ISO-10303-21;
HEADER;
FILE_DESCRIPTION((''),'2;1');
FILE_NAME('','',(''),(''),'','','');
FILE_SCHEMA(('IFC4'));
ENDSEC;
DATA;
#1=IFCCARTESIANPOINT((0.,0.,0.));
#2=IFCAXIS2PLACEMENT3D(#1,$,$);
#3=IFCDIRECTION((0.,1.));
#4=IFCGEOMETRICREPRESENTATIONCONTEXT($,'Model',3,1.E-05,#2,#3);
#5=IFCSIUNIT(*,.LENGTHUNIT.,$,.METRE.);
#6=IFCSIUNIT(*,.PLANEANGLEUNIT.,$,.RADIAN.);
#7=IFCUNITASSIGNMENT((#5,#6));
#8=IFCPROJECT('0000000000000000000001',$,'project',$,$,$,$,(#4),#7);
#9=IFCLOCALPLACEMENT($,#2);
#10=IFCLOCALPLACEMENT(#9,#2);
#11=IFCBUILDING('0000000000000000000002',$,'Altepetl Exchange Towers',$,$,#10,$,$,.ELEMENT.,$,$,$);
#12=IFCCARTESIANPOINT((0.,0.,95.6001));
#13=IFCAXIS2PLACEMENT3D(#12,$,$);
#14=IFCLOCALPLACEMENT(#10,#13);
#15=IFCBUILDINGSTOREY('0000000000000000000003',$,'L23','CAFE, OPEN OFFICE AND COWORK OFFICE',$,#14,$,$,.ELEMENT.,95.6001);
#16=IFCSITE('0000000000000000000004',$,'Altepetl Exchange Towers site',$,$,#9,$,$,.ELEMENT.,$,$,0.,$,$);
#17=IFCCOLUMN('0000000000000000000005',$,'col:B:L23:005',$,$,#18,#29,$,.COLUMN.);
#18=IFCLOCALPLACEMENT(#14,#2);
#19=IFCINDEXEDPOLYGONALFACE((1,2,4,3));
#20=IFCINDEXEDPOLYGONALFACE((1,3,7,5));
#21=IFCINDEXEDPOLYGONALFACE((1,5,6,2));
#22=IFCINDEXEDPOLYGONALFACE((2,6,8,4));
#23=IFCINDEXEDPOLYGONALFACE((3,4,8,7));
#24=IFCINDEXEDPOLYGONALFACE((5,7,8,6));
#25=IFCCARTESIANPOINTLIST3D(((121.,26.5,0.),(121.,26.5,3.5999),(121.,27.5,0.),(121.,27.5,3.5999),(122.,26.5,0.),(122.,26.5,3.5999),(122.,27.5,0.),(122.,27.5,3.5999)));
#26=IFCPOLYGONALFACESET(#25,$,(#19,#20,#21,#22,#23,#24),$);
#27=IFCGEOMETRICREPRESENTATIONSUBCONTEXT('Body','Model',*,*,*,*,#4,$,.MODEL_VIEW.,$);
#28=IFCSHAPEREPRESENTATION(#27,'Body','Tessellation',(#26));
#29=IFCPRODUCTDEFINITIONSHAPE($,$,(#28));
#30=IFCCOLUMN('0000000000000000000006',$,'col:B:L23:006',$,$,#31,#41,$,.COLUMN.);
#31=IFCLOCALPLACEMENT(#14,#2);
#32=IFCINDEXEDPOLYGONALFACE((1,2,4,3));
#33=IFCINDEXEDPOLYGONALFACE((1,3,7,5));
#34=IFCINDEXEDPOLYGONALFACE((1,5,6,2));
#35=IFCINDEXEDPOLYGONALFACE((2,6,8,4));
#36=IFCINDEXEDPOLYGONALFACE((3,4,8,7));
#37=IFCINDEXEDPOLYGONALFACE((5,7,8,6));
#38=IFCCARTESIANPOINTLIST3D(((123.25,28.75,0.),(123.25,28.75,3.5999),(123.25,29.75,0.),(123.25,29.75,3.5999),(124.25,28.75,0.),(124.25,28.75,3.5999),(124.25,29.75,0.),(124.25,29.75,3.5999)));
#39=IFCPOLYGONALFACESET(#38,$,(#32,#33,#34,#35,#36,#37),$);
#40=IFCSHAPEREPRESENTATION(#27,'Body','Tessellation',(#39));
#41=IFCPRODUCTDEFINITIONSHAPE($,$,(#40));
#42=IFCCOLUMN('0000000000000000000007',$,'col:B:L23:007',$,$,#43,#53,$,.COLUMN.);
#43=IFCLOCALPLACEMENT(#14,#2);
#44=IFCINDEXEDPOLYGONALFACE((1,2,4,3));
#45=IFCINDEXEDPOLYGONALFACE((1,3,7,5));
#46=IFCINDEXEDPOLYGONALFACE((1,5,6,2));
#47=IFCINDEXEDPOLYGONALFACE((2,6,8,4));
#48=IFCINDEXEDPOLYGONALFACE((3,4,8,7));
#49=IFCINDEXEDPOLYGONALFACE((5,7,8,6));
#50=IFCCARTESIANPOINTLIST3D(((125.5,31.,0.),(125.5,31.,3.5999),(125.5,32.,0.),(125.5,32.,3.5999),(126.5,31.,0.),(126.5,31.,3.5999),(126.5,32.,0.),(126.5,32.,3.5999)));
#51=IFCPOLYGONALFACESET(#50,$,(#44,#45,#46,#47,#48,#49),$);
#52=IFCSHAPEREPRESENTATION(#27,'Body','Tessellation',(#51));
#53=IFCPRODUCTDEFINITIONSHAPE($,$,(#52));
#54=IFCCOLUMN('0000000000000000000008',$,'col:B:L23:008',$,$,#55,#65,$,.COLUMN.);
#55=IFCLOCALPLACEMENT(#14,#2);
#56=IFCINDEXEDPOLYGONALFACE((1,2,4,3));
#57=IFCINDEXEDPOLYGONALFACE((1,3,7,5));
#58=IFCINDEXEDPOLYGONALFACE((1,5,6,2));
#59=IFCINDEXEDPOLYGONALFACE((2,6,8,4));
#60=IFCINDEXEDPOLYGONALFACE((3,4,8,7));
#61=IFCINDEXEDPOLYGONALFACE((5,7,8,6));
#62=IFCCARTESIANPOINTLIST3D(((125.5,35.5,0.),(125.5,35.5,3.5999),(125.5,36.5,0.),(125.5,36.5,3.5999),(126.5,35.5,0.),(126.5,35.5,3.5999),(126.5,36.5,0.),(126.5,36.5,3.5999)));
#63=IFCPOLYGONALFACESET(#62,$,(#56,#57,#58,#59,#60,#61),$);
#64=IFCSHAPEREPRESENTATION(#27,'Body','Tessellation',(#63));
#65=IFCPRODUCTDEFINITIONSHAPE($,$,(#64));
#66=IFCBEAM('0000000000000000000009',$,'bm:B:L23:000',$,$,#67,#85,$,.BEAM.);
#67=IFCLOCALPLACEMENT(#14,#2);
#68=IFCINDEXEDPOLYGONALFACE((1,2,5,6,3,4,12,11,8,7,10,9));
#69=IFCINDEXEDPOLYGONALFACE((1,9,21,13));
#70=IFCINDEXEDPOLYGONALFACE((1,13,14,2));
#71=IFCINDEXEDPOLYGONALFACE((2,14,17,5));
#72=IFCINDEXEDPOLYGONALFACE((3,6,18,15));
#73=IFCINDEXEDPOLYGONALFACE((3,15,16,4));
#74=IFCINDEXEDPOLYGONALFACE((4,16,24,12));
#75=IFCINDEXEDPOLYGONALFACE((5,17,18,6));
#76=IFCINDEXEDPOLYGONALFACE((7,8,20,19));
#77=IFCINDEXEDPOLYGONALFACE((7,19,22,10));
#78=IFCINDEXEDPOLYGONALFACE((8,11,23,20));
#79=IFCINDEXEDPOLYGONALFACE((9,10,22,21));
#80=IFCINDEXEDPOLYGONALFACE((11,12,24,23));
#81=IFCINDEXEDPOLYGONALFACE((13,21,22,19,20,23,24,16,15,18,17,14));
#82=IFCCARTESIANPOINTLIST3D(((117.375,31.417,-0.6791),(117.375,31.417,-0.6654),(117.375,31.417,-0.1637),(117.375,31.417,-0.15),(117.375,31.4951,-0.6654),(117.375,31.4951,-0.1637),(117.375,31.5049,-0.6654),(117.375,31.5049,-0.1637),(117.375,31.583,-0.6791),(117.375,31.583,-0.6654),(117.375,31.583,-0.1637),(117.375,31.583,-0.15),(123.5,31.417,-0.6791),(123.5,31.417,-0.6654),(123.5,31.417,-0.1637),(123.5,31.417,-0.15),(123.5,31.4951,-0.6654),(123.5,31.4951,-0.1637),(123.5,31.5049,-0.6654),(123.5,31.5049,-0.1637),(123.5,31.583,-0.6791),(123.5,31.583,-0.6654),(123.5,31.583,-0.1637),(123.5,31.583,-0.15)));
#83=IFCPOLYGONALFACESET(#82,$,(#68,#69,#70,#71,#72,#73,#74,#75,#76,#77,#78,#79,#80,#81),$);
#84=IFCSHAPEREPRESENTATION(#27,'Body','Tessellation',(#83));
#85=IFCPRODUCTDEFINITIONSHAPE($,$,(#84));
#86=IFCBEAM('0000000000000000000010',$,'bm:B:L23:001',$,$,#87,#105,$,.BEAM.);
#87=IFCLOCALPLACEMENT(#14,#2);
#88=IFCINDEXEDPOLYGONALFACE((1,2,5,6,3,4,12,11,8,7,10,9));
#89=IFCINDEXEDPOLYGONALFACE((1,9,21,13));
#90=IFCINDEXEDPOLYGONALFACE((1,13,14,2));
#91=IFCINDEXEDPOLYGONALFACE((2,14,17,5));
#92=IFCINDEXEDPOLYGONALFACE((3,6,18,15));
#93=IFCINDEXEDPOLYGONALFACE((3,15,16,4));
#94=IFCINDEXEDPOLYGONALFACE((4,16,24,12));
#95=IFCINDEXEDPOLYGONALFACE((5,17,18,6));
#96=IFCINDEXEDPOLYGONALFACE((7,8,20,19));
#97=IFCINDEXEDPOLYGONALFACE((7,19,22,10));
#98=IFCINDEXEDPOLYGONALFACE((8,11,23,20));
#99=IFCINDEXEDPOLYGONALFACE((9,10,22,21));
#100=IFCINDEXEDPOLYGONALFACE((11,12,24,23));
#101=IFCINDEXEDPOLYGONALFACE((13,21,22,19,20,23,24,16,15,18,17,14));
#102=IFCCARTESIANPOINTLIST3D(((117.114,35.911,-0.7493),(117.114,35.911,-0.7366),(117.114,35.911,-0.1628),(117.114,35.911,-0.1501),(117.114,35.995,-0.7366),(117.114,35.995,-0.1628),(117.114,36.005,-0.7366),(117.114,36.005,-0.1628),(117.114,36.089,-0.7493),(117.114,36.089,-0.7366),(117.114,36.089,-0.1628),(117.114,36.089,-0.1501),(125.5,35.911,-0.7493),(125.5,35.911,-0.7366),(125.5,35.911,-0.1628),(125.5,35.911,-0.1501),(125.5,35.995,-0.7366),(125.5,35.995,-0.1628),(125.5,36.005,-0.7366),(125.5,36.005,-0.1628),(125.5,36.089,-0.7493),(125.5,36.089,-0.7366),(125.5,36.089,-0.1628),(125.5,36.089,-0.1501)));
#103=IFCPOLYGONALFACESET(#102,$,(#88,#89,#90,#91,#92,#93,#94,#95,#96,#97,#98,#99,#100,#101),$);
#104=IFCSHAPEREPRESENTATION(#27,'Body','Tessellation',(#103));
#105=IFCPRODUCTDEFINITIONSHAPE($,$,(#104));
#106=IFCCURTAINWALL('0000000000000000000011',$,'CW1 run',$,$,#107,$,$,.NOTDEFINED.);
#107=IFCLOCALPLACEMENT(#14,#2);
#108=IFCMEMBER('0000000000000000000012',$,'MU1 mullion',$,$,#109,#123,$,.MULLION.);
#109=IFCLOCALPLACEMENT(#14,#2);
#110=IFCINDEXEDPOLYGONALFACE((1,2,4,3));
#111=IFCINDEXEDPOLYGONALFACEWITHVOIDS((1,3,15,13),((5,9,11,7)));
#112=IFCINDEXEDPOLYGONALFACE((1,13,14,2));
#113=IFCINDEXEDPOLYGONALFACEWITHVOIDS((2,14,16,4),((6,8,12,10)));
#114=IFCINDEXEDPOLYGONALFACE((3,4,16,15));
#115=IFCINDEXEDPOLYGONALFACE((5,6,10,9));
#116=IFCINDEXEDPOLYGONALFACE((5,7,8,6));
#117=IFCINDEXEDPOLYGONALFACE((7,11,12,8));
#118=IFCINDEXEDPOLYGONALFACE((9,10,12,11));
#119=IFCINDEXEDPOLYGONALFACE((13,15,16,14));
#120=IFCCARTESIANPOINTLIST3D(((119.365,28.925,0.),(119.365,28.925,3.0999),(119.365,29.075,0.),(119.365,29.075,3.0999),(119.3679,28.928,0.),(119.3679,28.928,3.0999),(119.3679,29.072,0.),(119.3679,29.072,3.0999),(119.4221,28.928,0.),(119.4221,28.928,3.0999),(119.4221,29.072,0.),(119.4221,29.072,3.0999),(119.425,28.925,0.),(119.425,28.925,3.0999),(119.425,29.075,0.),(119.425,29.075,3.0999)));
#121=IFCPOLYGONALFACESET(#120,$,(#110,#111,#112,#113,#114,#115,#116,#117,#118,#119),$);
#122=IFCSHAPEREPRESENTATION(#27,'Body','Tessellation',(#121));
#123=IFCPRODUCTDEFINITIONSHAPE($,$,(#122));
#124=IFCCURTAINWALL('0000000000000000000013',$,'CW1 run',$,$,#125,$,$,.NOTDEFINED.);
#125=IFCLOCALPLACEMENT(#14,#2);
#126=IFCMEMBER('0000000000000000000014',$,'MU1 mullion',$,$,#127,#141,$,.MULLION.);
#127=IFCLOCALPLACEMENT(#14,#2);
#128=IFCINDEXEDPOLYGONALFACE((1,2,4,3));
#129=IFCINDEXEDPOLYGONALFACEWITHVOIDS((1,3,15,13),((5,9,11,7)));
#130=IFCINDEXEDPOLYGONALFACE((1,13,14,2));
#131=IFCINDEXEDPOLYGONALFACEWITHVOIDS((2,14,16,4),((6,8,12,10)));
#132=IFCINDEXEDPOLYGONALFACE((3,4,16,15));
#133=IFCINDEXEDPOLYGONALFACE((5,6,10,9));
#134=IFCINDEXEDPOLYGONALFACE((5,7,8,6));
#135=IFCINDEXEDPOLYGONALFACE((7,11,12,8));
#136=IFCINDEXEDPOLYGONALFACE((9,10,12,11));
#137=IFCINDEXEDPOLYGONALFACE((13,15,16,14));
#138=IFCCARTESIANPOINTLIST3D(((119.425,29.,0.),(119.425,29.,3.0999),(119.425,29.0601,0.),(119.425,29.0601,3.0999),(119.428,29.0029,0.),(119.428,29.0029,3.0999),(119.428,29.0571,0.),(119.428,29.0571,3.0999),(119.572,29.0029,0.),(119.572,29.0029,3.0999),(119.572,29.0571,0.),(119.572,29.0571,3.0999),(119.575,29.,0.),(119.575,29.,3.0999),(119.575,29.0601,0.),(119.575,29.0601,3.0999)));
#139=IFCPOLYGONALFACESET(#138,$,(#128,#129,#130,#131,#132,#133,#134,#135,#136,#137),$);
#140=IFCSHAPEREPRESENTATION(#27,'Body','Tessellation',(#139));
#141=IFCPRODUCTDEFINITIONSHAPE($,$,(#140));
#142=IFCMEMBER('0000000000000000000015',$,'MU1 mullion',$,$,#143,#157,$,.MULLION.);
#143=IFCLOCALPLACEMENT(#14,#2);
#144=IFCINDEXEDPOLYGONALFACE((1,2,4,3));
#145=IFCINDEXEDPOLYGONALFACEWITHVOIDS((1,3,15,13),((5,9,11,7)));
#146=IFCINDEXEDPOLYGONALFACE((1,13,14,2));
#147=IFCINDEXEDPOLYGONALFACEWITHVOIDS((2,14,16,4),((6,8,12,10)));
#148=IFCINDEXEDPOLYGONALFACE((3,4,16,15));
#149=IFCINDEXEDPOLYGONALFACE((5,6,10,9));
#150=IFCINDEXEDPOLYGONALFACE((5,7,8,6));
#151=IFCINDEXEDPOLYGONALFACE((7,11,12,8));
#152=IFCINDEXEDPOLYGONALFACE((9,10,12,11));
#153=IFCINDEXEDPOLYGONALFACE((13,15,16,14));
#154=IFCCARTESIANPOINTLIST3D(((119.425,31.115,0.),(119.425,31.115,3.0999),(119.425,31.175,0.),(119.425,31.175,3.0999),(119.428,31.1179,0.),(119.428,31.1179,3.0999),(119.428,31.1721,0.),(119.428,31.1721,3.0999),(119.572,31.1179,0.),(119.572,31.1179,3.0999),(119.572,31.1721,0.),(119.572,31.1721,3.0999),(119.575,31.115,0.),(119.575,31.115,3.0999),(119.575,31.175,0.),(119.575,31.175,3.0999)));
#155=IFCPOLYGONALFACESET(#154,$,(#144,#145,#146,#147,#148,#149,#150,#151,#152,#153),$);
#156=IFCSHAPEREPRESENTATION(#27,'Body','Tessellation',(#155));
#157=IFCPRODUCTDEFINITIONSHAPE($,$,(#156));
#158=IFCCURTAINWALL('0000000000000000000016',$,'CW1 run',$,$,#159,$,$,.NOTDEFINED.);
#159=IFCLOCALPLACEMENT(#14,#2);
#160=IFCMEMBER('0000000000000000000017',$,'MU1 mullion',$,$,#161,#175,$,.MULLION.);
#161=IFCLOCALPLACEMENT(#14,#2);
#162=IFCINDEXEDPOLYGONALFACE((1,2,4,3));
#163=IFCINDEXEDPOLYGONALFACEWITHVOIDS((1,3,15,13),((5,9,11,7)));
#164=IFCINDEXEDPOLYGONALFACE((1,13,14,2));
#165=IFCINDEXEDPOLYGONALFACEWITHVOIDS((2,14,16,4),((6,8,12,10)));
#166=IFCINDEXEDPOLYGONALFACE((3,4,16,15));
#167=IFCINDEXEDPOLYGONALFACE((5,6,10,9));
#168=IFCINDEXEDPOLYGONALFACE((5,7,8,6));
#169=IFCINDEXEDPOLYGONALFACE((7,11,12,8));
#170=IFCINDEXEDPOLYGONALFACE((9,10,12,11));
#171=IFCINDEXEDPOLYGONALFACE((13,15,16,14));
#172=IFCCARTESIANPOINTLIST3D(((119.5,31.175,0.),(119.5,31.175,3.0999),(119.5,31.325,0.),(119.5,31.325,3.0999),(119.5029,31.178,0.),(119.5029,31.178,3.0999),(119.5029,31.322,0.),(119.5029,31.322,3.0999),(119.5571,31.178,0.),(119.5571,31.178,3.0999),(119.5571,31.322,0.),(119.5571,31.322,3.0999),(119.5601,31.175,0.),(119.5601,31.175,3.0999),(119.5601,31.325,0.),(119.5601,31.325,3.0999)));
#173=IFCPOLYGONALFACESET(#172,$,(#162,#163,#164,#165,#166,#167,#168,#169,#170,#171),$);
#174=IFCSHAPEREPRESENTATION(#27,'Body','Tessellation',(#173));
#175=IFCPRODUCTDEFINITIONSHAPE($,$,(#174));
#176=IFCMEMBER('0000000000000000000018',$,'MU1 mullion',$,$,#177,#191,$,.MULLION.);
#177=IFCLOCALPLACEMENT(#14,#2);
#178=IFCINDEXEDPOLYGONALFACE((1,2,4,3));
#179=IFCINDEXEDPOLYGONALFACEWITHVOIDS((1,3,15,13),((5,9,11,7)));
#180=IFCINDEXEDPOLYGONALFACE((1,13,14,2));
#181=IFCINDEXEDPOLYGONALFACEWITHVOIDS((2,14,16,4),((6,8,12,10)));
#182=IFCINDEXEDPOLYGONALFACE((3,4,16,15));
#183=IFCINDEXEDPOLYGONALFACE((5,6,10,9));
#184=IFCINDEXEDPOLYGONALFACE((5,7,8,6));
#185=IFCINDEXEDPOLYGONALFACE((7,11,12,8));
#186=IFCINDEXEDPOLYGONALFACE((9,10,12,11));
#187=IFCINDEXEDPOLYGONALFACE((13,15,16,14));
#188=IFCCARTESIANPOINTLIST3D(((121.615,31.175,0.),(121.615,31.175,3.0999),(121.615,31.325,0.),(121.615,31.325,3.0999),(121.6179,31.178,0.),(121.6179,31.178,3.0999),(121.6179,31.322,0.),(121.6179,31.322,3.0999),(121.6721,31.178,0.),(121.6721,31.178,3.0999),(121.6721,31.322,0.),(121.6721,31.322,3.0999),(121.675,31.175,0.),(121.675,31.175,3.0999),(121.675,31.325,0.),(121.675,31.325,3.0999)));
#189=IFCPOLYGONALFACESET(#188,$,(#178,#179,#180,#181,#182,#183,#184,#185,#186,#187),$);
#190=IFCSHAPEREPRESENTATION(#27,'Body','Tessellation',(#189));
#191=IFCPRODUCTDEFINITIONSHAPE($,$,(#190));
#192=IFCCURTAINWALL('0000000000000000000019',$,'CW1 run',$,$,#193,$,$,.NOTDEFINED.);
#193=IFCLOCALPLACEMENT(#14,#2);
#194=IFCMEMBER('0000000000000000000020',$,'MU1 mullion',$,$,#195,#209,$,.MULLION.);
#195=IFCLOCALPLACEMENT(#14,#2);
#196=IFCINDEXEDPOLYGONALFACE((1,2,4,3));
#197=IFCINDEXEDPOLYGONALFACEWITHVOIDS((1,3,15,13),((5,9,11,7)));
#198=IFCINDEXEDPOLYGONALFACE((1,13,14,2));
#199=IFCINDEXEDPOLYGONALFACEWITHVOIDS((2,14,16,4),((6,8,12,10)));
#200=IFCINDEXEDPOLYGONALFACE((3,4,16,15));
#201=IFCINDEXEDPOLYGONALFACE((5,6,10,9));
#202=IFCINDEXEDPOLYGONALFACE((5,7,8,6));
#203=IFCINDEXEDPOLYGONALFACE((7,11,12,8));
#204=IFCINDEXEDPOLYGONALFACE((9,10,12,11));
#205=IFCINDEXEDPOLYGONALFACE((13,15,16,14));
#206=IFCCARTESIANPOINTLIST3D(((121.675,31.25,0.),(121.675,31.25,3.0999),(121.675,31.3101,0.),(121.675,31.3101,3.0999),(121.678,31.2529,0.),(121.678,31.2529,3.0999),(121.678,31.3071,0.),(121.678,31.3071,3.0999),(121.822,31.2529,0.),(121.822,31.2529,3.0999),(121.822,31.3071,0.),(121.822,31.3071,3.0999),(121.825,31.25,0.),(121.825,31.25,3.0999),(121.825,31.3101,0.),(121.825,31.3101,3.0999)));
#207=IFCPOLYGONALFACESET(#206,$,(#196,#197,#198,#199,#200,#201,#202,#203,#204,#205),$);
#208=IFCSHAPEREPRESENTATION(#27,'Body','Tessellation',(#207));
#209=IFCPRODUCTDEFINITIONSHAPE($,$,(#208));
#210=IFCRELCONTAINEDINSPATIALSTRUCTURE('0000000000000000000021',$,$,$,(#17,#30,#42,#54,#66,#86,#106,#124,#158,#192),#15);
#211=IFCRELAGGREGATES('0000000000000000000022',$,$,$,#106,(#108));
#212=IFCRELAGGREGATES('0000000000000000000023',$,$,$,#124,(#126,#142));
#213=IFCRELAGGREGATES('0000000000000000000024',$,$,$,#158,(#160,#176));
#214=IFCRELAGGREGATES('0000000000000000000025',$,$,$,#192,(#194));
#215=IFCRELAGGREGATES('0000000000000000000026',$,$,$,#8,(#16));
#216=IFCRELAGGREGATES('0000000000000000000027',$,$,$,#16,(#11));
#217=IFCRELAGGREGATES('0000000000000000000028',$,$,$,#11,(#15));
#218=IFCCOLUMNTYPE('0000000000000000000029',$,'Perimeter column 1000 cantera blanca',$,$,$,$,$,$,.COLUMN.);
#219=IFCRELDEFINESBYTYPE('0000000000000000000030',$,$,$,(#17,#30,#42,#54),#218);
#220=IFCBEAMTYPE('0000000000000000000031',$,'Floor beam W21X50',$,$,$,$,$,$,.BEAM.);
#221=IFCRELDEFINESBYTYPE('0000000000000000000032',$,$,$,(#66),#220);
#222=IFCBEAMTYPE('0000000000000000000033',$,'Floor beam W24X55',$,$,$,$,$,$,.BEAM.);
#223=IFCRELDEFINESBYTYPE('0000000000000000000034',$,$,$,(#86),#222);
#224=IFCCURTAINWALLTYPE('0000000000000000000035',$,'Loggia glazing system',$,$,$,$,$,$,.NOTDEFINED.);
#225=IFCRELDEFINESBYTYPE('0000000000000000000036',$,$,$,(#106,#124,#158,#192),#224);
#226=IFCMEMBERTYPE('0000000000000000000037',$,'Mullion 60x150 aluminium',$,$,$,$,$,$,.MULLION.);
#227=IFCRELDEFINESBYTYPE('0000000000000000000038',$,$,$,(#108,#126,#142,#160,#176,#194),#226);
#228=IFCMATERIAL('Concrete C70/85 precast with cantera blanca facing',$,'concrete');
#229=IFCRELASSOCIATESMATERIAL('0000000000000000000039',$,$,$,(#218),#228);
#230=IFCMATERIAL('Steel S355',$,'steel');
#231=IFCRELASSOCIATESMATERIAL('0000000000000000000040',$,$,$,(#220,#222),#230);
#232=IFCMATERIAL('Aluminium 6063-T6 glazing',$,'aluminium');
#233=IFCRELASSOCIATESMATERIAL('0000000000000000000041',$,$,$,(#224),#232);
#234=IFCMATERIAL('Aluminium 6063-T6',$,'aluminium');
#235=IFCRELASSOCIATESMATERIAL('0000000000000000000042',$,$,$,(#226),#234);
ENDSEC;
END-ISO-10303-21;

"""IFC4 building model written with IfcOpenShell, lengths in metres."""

from ifc_helpers import new_model, si_unit, direction, frame, origin, origin_2d, place, context, subcontext, project, spatial, rectangle, hollow_rectangle, i_section, extrude, material, material_profile, profile_set, type_object, element, aggregate, save


model = new_model("IFC4")

# Units and contexts
model_context = context("Model", 3, precision=1e-05, world=origin(), true_north=direction((0.0, 1.0)))
body_context = subcontext(model_context, "Body", "Model", "MODEL_VIEW")
ifc_project = project(units=[si_unit("LENGTHUNIT", "METRE"), si_unit("PLANEANGLEUNIT", "RADIAN")], contexts=[model_context])

# Site, building, storey
site_placement = place(None, origin())
site = spatial("IfcSite", under=ifc_project, at=site_placement, Name="Altepetl Exchange Towers site", CompositionType="ELEMENT", RefElevation=0.0)
building_placement = place(site_placement, origin())
building = spatial("IfcBuilding", under=site, at=building_placement, Name="Altepetl Exchange Towers", CompositionType="ELEMENT")
storey_placement = place(building_placement, frame((0.0, 0.0, 95.6001)))
storey = spatial("IfcBuildingStorey", under=building, at=storey_placement, Name="L23", Description="CAFE, OPEN OFFICE AND COWORK OFFICE", CompositionType="ELEMENT", Elevation=95.6001)

# Columns
ifc_material_1 = material(Name="Concrete C70/85 precast with cantera blanca facing", Category="concrete")
ifc_material_profile_1 = material_profile(ifc_material_1, rectangle(XDim=1.0, YDim=1.0, at=origin_2d()), Name="1000 x 1000")
ifc_profile_set_1 = profile_set([ifc_material_profile_1], Name="Concrete C70/85 precast with cantera blanca facing")
column_type = type_object("IfcColumnType", Name="Perimeter column 1000 cantera blanca", PredefinedType="COLUMN", material=ifc_profile_set_1)
for number, where, name in (
    (1, (121.5, 27.0, 0.0), "col:B:L23:005"),
    (2, (123.75, 29.25, 0.0), "col:B:L23:006"),
    (3, (126.0, 31.5, 0.0), "col:B:L23:007"),
    (4, (126.0, 36.0, 0.0), "col:B:L23:008"),
):
    element("IfcColumn", number, at=place(storey_placement, frame(where)), inside=storey, type_object=column_type, Name=name, PredefinedType="COLUMN", context=body_context, shape_type="SweptSolid", body=[
        extrude(rectangle(XDim=1.0, YDim=1.0, at=origin_2d()), origin(), (0.0, 0.0, 1.0), 3.5999),
    ])

# Beams
ifc_material_2 = material(Name="Steel S355", Category="steel")
ifc_material_profile_2 = material_profile(ifc_material_2, i_section(OverallWidth=0.166, OverallDepth=0.5291, WebThickness=0.0098, FlangeThickness=0.0137, at=origin_2d()), Name="W21X50")
ifc_profile_set_2 = profile_set([ifc_material_profile_2], Name="Steel S355")
beam_type_1 = type_object("IfcBeamType", Name="Floor beam W21X50", PredefinedType="BEAM", material=ifc_profile_set_2)
beam_1_placement = place(storey_placement, frame((117.375, 31.5, -0.4146), z_axis=(1.0, 0.0, 0.0), x_axis=(0.0, 1.0, 0.0)))
element("IfcBeam", 5, at=beam_1_placement, inside=storey, type_object=beam_type_1, Name="bm:B:L23:000", PredefinedType="BEAM", context=body_context, shape_type="SweptSolid", body=[
    extrude(i_section(OverallWidth=0.166, OverallDepth=0.5291, WebThickness=0.0098, FlangeThickness=0.0137, at=origin_2d()), origin(), (0.0, 0.0, 1.0), 6.125),
])
ifc_material_profile_3 = material_profile(ifc_material_2, i_section(OverallWidth=0.178, OverallDepth=0.5991, WebThickness=0.01, FlangeThickness=0.0127, at=origin_2d()), Name="W24X55")
ifc_profile_set_3 = profile_set([ifc_material_profile_3], Name="Steel S355")
beam_type_2 = type_object("IfcBeamType", Name="Floor beam W24X55", PredefinedType="BEAM", material=ifc_profile_set_3)
beam_2_placement = place(storey_placement, frame((117.114, 36.0, -0.4497), z_axis=(1.0, 0.0, 0.0), x_axis=(0.0, 1.0, 0.0)))
element("IfcBeam", 6, at=beam_2_placement, inside=storey, type_object=beam_type_2, Name="bm:B:L23:001", PredefinedType="BEAM", context=body_context, shape_type="SweptSolid", body=[
    extrude(i_section(OverallWidth=0.178, OverallDepth=0.5991, WebThickness=0.01, FlangeThickness=0.0127, at=origin_2d()), origin(), (0.0, 0.0, 1.0), 8.386),
])

# Curtain wall, member
ifc_material_3 = material(Name="Aluminium 6063-T6 glazing", Category="aluminium")
curtain_wall_type = type_object("IfcCurtainWallType", Name="Loggia glazing system", PredefinedType="NOTDEFINED", material=ifc_material_3)
curtain_wall_1_placement = place(storey_placement, origin())
curtain_wall_1 = element("IfcCurtainWall", 7, at=curtain_wall_1_placement, inside=storey, type_object=curtain_wall_type, Name="CW1 run", PredefinedType="NOTDEFINED")
ifc_material_4 = material(Name="Aluminium 6063-T6", Category="aluminium")
ifc_material_profile_4 = material_profile(ifc_material_4, hollow_rectangle(XDim=0.0601, YDim=0.1499, WallThickness=0.0029, at=origin_2d()), Name="Mullion 60x150 aluminium")
ifc_profile_set_4 = profile_set([ifc_material_profile_4], Name="Aluminium 6063-T6")
member_type = type_object("IfcMemberType", Name="Mullion 60x150 aluminium", PredefinedType="MULLION", material=ifc_profile_set_4)
member_1_placement = place(storey_placement, frame((119.395, 29.0, 0.0)))
member_1 = element("IfcMember", 8, at=member_1_placement, type_object=member_type, Name="MU1 mullion", PredefinedType="MULLION", context=body_context, shape_type="SweptSolid", body=[
    extrude(hollow_rectangle(XDim=0.0601, YDim=0.1499, WallThickness=0.0029, at=origin_2d()), origin(), (0.0, 0.0, 1.0), 3.0999),
])

# Curtain walls, members
curtain_wall_2_placement = place(storey_placement, origin())
curtain_wall_2 = element("IfcCurtainWall", 9, at=curtain_wall_2_placement, inside=storey, type_object=curtain_wall_type, Name="CW1 run", PredefinedType="NOTDEFINED")
member_2_placement = place(storey_placement, frame((119.5, 29.03, 0.0), z_axis=(0.0, 0.0, 1.0), x_axis=(0.0, 1.0, 0.0)))
member_2 = element("IfcMember", 10, at=member_2_placement, type_object=member_type, Name="MU1 mullion", PredefinedType="MULLION", context=body_context, shape_type="SweptSolid", body=[
    extrude(hollow_rectangle(XDim=0.0601, YDim=0.1499, WallThickness=0.0029, at=origin_2d()), origin(), (0.0, 0.0, 1.0), 3.0999),
])
member_3_placement = place(storey_placement, frame((119.5, 31.145, 0.0), z_axis=(0.0, 0.0, 1.0), x_axis=(0.0, 1.0, 0.0)))
member_3 = element("IfcMember", 11, at=member_3_placement, type_object=member_type, Name="MU1 mullion", PredefinedType="MULLION", context=body_context, shape_type="SweptSolid", body=[
    extrude(hollow_rectangle(XDim=0.0601, YDim=0.1499, WallThickness=0.0029, at=origin_2d()), origin(), (0.0, 0.0, 1.0), 3.0999),
])
curtain_wall_3_placement = place(storey_placement, origin())
curtain_wall_3 = element("IfcCurtainWall", 12, at=curtain_wall_3_placement, inside=storey, type_object=curtain_wall_type, Name="CW1 run", PredefinedType="NOTDEFINED")
member_4_placement = place(storey_placement, frame((119.53, 31.25, 0.0)))
member_4 = element("IfcMember", 13, at=member_4_placement, type_object=member_type, Name="MU1 mullion", PredefinedType="MULLION", context=body_context, shape_type="SweptSolid", body=[
    extrude(hollow_rectangle(XDim=0.0601, YDim=0.1499, WallThickness=0.0029, at=origin_2d()), origin(), (0.0, 0.0, 1.0), 3.0999),
])
member_5_placement = place(storey_placement, frame((121.645, 31.25, 0.0)))
member_5 = element("IfcMember", 14, at=member_5_placement, type_object=member_type, Name="MU1 mullion", PredefinedType="MULLION", context=body_context, shape_type="SweptSolid", body=[
    extrude(hollow_rectangle(XDim=0.0601, YDim=0.1499, WallThickness=0.0029, at=origin_2d()), origin(), (0.0, 0.0, 1.0), 3.0999),
])
curtain_wall_4_placement = place(storey_placement, origin())
curtain_wall_4 = element("IfcCurtainWall", 15, at=curtain_wall_4_placement, inside=storey, type_object=curtain_wall_type, Name="CW1 run", PredefinedType="NOTDEFINED")
member_6_placement = place(storey_placement, frame((121.75, 31.28, 0.0), z_axis=(0.0, 0.0, 1.0), x_axis=(0.0, 1.0, 0.0)))
member_6 = element("IfcMember", 16, at=member_6_placement, type_object=member_type, Name="MU1 mullion", PredefinedType="MULLION", context=body_context, shape_type="SweptSolid", body=[
    extrude(hollow_rectangle(XDim=0.0601, YDim=0.1499, WallThickness=0.0029, at=origin_2d()), origin(), (0.0, 0.0, 1.0), 3.0999),
])

aggregate(curtain_wall_1, [member_1])
aggregate(curtain_wall_2, [member_2, member_3])
aggregate(curtain_wall_3, [member_4, member_5])
aggregate(curtain_wall_4, [member_6])

save(model, "model.ifc")
